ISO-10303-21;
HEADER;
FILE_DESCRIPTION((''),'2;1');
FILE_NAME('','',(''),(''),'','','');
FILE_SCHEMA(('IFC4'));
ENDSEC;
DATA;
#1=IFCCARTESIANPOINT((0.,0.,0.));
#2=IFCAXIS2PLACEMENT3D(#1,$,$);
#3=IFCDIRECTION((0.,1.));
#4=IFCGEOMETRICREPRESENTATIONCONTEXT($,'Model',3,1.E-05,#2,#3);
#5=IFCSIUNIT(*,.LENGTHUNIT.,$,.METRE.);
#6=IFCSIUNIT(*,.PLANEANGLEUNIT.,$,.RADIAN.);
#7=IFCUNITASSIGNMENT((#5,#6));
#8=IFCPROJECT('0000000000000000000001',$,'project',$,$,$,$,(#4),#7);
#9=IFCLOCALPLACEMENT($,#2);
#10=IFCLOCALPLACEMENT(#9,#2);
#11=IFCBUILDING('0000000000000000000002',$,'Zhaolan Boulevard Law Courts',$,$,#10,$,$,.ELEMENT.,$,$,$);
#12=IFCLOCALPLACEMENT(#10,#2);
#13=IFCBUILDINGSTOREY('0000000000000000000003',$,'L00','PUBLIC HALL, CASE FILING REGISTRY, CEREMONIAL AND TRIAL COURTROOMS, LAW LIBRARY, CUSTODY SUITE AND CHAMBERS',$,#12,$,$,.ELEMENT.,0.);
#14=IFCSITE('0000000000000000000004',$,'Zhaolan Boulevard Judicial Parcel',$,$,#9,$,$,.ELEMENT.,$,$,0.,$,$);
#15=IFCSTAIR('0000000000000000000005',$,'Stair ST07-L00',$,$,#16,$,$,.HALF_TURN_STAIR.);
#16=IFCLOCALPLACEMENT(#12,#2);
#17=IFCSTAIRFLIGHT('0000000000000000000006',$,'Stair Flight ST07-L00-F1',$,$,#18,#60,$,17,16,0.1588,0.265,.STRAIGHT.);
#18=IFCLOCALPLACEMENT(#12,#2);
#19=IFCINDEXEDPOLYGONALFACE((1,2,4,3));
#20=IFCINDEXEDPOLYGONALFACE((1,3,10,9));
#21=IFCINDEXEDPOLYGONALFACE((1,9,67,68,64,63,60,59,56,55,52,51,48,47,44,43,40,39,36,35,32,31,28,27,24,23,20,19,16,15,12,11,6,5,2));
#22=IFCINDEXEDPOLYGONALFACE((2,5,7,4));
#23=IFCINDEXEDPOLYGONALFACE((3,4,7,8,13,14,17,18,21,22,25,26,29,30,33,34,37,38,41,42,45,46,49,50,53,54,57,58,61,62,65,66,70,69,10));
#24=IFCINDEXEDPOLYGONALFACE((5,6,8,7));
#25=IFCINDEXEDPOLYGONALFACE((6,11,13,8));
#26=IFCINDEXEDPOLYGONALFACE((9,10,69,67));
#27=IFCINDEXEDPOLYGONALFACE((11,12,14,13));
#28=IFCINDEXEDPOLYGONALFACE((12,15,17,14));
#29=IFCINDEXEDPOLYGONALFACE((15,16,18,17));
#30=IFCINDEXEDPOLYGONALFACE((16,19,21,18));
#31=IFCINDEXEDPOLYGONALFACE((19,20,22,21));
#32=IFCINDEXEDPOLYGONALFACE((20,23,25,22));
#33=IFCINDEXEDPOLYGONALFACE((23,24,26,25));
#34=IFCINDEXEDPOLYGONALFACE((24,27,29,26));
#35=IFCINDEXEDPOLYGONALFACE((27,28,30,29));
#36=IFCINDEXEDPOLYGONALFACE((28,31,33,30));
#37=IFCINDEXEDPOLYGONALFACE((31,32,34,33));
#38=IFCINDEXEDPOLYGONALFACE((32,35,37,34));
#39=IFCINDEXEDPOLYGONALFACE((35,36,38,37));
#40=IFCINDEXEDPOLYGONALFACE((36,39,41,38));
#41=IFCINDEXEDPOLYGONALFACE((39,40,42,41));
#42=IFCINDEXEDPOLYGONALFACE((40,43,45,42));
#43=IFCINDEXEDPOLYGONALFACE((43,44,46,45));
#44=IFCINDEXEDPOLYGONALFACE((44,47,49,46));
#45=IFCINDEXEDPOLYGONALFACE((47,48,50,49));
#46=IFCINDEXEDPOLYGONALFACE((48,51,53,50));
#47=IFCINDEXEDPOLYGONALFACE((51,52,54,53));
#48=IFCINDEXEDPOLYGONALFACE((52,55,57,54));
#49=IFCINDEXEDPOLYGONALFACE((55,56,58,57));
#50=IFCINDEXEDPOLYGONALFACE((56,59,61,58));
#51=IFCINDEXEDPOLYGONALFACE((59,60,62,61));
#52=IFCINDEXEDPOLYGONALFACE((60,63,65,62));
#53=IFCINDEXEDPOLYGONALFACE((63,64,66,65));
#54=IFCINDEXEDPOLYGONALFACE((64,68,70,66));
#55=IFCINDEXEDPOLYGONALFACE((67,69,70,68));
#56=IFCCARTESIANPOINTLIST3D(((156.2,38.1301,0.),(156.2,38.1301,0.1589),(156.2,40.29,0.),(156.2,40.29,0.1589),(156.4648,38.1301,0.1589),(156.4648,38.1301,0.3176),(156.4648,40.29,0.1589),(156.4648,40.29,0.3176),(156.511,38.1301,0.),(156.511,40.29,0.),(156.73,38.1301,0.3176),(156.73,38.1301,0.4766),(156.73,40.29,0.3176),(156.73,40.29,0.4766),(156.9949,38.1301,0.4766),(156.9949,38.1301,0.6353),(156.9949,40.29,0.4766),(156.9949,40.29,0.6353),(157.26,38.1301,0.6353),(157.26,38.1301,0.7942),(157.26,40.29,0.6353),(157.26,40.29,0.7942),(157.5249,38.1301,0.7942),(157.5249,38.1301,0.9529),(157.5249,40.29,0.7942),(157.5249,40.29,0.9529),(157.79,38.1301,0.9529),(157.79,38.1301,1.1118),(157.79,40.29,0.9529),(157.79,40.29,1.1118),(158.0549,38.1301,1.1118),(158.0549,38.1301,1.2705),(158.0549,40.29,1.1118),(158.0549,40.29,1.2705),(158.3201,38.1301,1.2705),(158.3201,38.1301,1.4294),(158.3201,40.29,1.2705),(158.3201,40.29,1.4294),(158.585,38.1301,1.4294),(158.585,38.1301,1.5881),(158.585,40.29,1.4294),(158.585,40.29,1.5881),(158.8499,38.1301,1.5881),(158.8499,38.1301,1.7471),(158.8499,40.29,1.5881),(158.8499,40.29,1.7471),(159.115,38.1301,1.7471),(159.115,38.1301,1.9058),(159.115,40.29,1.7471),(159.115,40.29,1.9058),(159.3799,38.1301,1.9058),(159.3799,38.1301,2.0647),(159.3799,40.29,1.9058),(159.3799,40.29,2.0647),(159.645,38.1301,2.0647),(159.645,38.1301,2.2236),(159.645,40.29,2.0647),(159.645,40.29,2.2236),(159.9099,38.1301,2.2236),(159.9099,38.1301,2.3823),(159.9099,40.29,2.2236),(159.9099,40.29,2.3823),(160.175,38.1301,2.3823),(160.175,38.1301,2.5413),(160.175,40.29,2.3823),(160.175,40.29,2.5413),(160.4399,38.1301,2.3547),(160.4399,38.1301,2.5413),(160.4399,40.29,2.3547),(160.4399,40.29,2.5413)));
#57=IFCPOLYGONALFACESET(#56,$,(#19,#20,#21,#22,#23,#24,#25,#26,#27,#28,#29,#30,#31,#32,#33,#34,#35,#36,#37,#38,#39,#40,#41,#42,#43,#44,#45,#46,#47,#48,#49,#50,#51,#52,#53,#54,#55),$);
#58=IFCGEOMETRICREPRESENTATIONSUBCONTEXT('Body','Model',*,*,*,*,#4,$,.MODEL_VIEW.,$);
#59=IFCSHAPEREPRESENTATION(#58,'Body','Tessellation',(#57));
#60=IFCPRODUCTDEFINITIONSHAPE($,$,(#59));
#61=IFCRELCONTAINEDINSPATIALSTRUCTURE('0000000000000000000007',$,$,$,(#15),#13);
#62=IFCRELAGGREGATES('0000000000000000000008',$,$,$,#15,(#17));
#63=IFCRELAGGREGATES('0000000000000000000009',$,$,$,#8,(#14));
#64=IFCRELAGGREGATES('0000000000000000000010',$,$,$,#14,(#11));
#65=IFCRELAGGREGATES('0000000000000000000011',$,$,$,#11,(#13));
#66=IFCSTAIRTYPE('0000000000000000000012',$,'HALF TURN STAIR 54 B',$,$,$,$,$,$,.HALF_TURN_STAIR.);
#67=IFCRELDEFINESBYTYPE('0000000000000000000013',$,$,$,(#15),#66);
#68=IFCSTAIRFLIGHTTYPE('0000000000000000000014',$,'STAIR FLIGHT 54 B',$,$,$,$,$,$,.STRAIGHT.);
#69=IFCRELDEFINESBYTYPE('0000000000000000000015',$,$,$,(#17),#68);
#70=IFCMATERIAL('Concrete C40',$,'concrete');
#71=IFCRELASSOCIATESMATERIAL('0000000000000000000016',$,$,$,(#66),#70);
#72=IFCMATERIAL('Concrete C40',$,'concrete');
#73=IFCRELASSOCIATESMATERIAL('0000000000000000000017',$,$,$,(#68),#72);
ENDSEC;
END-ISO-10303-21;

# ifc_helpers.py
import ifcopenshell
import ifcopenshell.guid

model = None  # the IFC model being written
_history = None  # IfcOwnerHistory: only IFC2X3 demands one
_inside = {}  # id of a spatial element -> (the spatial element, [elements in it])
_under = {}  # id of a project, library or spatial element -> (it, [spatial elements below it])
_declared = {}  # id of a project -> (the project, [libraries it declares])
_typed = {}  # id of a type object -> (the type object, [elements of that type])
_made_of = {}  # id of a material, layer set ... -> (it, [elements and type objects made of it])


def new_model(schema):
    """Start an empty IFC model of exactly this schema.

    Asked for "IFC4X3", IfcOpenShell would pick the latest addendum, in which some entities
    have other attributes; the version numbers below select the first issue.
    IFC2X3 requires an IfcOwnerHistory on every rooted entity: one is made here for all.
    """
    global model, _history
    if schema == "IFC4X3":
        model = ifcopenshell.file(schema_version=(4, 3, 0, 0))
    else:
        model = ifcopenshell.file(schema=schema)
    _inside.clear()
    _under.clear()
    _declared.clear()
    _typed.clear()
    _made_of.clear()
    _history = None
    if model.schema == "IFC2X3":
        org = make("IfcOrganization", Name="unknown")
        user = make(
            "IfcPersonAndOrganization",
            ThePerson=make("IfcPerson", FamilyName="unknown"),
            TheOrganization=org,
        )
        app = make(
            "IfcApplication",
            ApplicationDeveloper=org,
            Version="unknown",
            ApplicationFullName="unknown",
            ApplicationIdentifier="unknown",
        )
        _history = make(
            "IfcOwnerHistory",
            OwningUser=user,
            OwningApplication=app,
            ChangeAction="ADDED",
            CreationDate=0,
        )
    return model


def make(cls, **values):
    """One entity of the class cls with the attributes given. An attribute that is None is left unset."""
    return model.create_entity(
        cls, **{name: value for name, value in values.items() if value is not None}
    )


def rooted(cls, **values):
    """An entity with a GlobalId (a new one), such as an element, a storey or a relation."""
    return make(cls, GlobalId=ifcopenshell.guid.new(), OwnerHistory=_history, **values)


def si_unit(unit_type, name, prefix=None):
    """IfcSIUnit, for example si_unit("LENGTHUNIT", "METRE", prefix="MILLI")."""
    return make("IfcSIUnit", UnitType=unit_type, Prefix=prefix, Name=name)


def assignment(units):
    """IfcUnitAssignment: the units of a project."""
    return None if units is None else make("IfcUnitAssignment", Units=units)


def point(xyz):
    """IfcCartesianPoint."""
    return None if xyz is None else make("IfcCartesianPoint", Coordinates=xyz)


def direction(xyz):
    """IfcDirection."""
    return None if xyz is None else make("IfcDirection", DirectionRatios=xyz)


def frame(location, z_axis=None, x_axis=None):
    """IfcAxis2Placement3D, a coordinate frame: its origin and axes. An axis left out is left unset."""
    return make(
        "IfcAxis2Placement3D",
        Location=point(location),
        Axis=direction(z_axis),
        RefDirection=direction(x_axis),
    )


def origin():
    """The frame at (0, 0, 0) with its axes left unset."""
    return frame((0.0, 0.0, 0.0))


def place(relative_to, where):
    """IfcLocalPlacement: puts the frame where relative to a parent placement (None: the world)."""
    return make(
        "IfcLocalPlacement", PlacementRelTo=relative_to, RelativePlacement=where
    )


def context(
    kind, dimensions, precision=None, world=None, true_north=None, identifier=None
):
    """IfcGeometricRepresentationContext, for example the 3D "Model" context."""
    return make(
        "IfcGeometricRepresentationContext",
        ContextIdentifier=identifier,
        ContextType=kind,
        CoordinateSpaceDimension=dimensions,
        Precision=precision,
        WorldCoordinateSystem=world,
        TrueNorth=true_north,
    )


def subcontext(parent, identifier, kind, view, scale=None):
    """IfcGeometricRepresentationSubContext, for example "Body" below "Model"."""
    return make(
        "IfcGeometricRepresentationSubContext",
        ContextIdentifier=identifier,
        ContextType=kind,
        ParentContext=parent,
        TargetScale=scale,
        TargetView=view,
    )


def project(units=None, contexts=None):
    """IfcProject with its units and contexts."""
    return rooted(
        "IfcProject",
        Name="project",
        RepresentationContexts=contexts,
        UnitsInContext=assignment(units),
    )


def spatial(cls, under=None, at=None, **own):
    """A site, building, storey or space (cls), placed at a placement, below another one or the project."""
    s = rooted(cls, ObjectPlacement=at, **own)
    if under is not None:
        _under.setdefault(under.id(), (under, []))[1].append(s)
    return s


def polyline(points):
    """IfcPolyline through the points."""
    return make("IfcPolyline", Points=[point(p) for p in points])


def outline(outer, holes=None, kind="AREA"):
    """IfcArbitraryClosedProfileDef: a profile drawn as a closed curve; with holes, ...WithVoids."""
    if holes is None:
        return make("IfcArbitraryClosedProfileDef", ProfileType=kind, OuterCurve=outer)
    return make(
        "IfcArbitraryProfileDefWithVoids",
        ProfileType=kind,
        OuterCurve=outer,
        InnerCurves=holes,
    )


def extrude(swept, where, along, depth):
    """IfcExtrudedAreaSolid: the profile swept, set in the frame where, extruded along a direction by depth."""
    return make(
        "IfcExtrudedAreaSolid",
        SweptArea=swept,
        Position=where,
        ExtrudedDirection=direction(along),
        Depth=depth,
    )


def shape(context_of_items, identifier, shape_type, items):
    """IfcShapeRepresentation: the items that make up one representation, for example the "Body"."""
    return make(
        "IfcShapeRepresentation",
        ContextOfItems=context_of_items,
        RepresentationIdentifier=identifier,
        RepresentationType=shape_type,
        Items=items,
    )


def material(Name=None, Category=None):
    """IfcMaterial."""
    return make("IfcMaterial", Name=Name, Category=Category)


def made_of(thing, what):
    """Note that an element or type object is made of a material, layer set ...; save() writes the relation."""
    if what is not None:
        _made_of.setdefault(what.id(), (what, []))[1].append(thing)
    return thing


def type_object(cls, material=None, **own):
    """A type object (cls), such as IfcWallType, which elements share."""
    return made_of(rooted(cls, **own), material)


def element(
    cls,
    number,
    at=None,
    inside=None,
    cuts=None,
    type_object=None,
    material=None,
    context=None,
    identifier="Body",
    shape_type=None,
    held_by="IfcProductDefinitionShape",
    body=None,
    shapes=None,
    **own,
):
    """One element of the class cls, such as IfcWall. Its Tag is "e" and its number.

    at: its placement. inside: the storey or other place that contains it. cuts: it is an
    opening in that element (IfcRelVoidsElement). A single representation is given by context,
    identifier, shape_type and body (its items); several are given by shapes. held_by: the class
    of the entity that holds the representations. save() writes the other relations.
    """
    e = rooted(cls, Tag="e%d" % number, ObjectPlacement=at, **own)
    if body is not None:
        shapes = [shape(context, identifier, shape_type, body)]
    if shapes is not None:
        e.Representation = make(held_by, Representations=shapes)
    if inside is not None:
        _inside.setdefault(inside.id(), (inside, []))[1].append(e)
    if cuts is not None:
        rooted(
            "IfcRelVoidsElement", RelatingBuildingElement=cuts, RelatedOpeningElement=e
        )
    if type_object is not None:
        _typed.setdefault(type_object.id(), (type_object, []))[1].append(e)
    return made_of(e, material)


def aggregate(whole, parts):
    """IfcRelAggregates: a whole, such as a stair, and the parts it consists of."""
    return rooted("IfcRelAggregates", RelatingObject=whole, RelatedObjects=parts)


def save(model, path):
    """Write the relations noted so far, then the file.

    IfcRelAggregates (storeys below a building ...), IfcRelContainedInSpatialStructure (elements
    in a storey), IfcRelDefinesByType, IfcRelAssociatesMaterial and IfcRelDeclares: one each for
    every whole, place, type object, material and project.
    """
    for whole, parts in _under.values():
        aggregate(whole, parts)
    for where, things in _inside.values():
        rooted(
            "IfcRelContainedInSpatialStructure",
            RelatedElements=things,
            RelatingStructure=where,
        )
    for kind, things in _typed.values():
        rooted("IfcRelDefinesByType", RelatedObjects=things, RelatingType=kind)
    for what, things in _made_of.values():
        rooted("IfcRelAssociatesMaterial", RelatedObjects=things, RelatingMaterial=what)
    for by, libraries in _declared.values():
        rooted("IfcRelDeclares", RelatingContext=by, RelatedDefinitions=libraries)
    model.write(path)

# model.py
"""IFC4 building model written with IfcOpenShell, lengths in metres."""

from ifc_helpers import new_model, si_unit, direction, frame, origin, place, context, subcontext, project, spatial, polyline, outline, extrude, material, type_object, element, aggregate, save


model = new_model("IFC4")

# Units and contexts
model_context = context("Model", 3, precision=1e-05, world=origin(), true_north=direction((0.0, 1.0)))
body_context = subcontext(model_context, "Body", "Model", "MODEL_VIEW")
ifc_project = project(units=[si_unit("LENGTHUNIT", "METRE"), si_unit("PLANEANGLEUNIT", "RADIAN")], contexts=[model_context])

# Site, building, storey
site_placement = place(None, origin())
site = spatial("IfcSite", under=ifc_project, at=site_placement, Name="Zhaolan Boulevard Judicial Parcel", CompositionType="ELEMENT", RefElevation=0.0)
building_placement = place(site_placement, origin())
building = spatial("IfcBuilding", under=site, at=building_placement, Name="Zhaolan Boulevard Law Courts", CompositionType="ELEMENT")
storey_placement = place(building_placement, origin())
storey = spatial("IfcBuildingStorey", under=building, at=storey_placement, Name="L00", Description="PUBLIC HALL, CASE FILING REGISTRY, CEREMONIAL AND TRIAL COURTROOMS, LAW LIBRARY, CUSTODY SUITE AND CHAMBERS", CompositionType="ELEMENT", Elevation=0.0)

# Stair, stair flight
ifc_material_1 = material(Name="Concrete C40", Category="concrete")
stair_type = type_object("IfcStairType", Name="HALF TURN STAIR 54 B", PredefinedType="HALF_TURN_STAIR", material=ifc_material_1)
stair_placement = place(storey_placement, origin())
stair = element("IfcStair", 1, at=stair_placement, inside=storey, type_object=stair_type, Name="Stair ST07-L00", PredefinedType="HALF_TURN_STAIR")
ifc_material_2 = material(Name="Concrete C40", Category="concrete")
stair_flight_type = type_object("IfcStairFlightType", Name="STAIR FLIGHT 54 B", PredefinedType="STRAIGHT", material=ifc_material_2)
stair_flight_placement = place(storey_placement, frame((156.2, 39.21, 0.0), z_axis=(0.0, 0.0, 1.0), x_axis=(1.0, 0.0, 0.0)))
stair_flight = element("IfcStairFlight", 2, at=stair_flight_placement, type_object=stair_flight_type, Name="Stair Flight ST07-L00-F1", NumberOfRisers=17, NumberOfTreads=16, PredefinedType="STRAIGHT", RiserHeight=0.1588, TreadLength=0.265, context=body_context, shape_type="SweptSolid", body=[
    extrude(outline(polyline([(0.0, 0.0), (0.0, 0.1589), (0.2649, 0.1589), (0.2649, 0.3176), (0.53, 0.3176), (0.53, 0.4766), (0.7949, 0.4766), (0.7949, 0.6353), (1.0601, 0.6353), (1.0601, 0.7942), (1.325, 0.7942), (1.325, 0.9529), (1.5901, 0.9529), (1.5901, 1.1118), (1.855, 1.1118), (1.855, 1.2705), (2.1201, 1.2705), (2.1201, 1.4294), (2.385, 1.4294), (2.385, 1.5881), (2.6499, 1.5881), (2.6499, 1.7471), (2.915, 1.7471), (2.915, 1.9058), (3.1799, 1.9058), (3.1799, 2.0647), (3.4451, 2.0647), (3.4451, 2.2236), (3.71, 2.2236), (3.71, 2.3823), (3.9751, 2.3823), (3.9751, 2.5413), (4.24, 2.5413), (4.24, 2.7), (4.24, 2.3547), (0.311, 0.0), (0.0, 0.0)])), frame((0.0, 1.0801, 0.0), z_axis=(0.0, -1.0, 0.0), x_axis=(1.0, 0.0, 0.0)), (0.0, 0.0, 1.0), 2.1599),
])
aggregate(stair, [stair_flight])

save(model, "model.ifc")
